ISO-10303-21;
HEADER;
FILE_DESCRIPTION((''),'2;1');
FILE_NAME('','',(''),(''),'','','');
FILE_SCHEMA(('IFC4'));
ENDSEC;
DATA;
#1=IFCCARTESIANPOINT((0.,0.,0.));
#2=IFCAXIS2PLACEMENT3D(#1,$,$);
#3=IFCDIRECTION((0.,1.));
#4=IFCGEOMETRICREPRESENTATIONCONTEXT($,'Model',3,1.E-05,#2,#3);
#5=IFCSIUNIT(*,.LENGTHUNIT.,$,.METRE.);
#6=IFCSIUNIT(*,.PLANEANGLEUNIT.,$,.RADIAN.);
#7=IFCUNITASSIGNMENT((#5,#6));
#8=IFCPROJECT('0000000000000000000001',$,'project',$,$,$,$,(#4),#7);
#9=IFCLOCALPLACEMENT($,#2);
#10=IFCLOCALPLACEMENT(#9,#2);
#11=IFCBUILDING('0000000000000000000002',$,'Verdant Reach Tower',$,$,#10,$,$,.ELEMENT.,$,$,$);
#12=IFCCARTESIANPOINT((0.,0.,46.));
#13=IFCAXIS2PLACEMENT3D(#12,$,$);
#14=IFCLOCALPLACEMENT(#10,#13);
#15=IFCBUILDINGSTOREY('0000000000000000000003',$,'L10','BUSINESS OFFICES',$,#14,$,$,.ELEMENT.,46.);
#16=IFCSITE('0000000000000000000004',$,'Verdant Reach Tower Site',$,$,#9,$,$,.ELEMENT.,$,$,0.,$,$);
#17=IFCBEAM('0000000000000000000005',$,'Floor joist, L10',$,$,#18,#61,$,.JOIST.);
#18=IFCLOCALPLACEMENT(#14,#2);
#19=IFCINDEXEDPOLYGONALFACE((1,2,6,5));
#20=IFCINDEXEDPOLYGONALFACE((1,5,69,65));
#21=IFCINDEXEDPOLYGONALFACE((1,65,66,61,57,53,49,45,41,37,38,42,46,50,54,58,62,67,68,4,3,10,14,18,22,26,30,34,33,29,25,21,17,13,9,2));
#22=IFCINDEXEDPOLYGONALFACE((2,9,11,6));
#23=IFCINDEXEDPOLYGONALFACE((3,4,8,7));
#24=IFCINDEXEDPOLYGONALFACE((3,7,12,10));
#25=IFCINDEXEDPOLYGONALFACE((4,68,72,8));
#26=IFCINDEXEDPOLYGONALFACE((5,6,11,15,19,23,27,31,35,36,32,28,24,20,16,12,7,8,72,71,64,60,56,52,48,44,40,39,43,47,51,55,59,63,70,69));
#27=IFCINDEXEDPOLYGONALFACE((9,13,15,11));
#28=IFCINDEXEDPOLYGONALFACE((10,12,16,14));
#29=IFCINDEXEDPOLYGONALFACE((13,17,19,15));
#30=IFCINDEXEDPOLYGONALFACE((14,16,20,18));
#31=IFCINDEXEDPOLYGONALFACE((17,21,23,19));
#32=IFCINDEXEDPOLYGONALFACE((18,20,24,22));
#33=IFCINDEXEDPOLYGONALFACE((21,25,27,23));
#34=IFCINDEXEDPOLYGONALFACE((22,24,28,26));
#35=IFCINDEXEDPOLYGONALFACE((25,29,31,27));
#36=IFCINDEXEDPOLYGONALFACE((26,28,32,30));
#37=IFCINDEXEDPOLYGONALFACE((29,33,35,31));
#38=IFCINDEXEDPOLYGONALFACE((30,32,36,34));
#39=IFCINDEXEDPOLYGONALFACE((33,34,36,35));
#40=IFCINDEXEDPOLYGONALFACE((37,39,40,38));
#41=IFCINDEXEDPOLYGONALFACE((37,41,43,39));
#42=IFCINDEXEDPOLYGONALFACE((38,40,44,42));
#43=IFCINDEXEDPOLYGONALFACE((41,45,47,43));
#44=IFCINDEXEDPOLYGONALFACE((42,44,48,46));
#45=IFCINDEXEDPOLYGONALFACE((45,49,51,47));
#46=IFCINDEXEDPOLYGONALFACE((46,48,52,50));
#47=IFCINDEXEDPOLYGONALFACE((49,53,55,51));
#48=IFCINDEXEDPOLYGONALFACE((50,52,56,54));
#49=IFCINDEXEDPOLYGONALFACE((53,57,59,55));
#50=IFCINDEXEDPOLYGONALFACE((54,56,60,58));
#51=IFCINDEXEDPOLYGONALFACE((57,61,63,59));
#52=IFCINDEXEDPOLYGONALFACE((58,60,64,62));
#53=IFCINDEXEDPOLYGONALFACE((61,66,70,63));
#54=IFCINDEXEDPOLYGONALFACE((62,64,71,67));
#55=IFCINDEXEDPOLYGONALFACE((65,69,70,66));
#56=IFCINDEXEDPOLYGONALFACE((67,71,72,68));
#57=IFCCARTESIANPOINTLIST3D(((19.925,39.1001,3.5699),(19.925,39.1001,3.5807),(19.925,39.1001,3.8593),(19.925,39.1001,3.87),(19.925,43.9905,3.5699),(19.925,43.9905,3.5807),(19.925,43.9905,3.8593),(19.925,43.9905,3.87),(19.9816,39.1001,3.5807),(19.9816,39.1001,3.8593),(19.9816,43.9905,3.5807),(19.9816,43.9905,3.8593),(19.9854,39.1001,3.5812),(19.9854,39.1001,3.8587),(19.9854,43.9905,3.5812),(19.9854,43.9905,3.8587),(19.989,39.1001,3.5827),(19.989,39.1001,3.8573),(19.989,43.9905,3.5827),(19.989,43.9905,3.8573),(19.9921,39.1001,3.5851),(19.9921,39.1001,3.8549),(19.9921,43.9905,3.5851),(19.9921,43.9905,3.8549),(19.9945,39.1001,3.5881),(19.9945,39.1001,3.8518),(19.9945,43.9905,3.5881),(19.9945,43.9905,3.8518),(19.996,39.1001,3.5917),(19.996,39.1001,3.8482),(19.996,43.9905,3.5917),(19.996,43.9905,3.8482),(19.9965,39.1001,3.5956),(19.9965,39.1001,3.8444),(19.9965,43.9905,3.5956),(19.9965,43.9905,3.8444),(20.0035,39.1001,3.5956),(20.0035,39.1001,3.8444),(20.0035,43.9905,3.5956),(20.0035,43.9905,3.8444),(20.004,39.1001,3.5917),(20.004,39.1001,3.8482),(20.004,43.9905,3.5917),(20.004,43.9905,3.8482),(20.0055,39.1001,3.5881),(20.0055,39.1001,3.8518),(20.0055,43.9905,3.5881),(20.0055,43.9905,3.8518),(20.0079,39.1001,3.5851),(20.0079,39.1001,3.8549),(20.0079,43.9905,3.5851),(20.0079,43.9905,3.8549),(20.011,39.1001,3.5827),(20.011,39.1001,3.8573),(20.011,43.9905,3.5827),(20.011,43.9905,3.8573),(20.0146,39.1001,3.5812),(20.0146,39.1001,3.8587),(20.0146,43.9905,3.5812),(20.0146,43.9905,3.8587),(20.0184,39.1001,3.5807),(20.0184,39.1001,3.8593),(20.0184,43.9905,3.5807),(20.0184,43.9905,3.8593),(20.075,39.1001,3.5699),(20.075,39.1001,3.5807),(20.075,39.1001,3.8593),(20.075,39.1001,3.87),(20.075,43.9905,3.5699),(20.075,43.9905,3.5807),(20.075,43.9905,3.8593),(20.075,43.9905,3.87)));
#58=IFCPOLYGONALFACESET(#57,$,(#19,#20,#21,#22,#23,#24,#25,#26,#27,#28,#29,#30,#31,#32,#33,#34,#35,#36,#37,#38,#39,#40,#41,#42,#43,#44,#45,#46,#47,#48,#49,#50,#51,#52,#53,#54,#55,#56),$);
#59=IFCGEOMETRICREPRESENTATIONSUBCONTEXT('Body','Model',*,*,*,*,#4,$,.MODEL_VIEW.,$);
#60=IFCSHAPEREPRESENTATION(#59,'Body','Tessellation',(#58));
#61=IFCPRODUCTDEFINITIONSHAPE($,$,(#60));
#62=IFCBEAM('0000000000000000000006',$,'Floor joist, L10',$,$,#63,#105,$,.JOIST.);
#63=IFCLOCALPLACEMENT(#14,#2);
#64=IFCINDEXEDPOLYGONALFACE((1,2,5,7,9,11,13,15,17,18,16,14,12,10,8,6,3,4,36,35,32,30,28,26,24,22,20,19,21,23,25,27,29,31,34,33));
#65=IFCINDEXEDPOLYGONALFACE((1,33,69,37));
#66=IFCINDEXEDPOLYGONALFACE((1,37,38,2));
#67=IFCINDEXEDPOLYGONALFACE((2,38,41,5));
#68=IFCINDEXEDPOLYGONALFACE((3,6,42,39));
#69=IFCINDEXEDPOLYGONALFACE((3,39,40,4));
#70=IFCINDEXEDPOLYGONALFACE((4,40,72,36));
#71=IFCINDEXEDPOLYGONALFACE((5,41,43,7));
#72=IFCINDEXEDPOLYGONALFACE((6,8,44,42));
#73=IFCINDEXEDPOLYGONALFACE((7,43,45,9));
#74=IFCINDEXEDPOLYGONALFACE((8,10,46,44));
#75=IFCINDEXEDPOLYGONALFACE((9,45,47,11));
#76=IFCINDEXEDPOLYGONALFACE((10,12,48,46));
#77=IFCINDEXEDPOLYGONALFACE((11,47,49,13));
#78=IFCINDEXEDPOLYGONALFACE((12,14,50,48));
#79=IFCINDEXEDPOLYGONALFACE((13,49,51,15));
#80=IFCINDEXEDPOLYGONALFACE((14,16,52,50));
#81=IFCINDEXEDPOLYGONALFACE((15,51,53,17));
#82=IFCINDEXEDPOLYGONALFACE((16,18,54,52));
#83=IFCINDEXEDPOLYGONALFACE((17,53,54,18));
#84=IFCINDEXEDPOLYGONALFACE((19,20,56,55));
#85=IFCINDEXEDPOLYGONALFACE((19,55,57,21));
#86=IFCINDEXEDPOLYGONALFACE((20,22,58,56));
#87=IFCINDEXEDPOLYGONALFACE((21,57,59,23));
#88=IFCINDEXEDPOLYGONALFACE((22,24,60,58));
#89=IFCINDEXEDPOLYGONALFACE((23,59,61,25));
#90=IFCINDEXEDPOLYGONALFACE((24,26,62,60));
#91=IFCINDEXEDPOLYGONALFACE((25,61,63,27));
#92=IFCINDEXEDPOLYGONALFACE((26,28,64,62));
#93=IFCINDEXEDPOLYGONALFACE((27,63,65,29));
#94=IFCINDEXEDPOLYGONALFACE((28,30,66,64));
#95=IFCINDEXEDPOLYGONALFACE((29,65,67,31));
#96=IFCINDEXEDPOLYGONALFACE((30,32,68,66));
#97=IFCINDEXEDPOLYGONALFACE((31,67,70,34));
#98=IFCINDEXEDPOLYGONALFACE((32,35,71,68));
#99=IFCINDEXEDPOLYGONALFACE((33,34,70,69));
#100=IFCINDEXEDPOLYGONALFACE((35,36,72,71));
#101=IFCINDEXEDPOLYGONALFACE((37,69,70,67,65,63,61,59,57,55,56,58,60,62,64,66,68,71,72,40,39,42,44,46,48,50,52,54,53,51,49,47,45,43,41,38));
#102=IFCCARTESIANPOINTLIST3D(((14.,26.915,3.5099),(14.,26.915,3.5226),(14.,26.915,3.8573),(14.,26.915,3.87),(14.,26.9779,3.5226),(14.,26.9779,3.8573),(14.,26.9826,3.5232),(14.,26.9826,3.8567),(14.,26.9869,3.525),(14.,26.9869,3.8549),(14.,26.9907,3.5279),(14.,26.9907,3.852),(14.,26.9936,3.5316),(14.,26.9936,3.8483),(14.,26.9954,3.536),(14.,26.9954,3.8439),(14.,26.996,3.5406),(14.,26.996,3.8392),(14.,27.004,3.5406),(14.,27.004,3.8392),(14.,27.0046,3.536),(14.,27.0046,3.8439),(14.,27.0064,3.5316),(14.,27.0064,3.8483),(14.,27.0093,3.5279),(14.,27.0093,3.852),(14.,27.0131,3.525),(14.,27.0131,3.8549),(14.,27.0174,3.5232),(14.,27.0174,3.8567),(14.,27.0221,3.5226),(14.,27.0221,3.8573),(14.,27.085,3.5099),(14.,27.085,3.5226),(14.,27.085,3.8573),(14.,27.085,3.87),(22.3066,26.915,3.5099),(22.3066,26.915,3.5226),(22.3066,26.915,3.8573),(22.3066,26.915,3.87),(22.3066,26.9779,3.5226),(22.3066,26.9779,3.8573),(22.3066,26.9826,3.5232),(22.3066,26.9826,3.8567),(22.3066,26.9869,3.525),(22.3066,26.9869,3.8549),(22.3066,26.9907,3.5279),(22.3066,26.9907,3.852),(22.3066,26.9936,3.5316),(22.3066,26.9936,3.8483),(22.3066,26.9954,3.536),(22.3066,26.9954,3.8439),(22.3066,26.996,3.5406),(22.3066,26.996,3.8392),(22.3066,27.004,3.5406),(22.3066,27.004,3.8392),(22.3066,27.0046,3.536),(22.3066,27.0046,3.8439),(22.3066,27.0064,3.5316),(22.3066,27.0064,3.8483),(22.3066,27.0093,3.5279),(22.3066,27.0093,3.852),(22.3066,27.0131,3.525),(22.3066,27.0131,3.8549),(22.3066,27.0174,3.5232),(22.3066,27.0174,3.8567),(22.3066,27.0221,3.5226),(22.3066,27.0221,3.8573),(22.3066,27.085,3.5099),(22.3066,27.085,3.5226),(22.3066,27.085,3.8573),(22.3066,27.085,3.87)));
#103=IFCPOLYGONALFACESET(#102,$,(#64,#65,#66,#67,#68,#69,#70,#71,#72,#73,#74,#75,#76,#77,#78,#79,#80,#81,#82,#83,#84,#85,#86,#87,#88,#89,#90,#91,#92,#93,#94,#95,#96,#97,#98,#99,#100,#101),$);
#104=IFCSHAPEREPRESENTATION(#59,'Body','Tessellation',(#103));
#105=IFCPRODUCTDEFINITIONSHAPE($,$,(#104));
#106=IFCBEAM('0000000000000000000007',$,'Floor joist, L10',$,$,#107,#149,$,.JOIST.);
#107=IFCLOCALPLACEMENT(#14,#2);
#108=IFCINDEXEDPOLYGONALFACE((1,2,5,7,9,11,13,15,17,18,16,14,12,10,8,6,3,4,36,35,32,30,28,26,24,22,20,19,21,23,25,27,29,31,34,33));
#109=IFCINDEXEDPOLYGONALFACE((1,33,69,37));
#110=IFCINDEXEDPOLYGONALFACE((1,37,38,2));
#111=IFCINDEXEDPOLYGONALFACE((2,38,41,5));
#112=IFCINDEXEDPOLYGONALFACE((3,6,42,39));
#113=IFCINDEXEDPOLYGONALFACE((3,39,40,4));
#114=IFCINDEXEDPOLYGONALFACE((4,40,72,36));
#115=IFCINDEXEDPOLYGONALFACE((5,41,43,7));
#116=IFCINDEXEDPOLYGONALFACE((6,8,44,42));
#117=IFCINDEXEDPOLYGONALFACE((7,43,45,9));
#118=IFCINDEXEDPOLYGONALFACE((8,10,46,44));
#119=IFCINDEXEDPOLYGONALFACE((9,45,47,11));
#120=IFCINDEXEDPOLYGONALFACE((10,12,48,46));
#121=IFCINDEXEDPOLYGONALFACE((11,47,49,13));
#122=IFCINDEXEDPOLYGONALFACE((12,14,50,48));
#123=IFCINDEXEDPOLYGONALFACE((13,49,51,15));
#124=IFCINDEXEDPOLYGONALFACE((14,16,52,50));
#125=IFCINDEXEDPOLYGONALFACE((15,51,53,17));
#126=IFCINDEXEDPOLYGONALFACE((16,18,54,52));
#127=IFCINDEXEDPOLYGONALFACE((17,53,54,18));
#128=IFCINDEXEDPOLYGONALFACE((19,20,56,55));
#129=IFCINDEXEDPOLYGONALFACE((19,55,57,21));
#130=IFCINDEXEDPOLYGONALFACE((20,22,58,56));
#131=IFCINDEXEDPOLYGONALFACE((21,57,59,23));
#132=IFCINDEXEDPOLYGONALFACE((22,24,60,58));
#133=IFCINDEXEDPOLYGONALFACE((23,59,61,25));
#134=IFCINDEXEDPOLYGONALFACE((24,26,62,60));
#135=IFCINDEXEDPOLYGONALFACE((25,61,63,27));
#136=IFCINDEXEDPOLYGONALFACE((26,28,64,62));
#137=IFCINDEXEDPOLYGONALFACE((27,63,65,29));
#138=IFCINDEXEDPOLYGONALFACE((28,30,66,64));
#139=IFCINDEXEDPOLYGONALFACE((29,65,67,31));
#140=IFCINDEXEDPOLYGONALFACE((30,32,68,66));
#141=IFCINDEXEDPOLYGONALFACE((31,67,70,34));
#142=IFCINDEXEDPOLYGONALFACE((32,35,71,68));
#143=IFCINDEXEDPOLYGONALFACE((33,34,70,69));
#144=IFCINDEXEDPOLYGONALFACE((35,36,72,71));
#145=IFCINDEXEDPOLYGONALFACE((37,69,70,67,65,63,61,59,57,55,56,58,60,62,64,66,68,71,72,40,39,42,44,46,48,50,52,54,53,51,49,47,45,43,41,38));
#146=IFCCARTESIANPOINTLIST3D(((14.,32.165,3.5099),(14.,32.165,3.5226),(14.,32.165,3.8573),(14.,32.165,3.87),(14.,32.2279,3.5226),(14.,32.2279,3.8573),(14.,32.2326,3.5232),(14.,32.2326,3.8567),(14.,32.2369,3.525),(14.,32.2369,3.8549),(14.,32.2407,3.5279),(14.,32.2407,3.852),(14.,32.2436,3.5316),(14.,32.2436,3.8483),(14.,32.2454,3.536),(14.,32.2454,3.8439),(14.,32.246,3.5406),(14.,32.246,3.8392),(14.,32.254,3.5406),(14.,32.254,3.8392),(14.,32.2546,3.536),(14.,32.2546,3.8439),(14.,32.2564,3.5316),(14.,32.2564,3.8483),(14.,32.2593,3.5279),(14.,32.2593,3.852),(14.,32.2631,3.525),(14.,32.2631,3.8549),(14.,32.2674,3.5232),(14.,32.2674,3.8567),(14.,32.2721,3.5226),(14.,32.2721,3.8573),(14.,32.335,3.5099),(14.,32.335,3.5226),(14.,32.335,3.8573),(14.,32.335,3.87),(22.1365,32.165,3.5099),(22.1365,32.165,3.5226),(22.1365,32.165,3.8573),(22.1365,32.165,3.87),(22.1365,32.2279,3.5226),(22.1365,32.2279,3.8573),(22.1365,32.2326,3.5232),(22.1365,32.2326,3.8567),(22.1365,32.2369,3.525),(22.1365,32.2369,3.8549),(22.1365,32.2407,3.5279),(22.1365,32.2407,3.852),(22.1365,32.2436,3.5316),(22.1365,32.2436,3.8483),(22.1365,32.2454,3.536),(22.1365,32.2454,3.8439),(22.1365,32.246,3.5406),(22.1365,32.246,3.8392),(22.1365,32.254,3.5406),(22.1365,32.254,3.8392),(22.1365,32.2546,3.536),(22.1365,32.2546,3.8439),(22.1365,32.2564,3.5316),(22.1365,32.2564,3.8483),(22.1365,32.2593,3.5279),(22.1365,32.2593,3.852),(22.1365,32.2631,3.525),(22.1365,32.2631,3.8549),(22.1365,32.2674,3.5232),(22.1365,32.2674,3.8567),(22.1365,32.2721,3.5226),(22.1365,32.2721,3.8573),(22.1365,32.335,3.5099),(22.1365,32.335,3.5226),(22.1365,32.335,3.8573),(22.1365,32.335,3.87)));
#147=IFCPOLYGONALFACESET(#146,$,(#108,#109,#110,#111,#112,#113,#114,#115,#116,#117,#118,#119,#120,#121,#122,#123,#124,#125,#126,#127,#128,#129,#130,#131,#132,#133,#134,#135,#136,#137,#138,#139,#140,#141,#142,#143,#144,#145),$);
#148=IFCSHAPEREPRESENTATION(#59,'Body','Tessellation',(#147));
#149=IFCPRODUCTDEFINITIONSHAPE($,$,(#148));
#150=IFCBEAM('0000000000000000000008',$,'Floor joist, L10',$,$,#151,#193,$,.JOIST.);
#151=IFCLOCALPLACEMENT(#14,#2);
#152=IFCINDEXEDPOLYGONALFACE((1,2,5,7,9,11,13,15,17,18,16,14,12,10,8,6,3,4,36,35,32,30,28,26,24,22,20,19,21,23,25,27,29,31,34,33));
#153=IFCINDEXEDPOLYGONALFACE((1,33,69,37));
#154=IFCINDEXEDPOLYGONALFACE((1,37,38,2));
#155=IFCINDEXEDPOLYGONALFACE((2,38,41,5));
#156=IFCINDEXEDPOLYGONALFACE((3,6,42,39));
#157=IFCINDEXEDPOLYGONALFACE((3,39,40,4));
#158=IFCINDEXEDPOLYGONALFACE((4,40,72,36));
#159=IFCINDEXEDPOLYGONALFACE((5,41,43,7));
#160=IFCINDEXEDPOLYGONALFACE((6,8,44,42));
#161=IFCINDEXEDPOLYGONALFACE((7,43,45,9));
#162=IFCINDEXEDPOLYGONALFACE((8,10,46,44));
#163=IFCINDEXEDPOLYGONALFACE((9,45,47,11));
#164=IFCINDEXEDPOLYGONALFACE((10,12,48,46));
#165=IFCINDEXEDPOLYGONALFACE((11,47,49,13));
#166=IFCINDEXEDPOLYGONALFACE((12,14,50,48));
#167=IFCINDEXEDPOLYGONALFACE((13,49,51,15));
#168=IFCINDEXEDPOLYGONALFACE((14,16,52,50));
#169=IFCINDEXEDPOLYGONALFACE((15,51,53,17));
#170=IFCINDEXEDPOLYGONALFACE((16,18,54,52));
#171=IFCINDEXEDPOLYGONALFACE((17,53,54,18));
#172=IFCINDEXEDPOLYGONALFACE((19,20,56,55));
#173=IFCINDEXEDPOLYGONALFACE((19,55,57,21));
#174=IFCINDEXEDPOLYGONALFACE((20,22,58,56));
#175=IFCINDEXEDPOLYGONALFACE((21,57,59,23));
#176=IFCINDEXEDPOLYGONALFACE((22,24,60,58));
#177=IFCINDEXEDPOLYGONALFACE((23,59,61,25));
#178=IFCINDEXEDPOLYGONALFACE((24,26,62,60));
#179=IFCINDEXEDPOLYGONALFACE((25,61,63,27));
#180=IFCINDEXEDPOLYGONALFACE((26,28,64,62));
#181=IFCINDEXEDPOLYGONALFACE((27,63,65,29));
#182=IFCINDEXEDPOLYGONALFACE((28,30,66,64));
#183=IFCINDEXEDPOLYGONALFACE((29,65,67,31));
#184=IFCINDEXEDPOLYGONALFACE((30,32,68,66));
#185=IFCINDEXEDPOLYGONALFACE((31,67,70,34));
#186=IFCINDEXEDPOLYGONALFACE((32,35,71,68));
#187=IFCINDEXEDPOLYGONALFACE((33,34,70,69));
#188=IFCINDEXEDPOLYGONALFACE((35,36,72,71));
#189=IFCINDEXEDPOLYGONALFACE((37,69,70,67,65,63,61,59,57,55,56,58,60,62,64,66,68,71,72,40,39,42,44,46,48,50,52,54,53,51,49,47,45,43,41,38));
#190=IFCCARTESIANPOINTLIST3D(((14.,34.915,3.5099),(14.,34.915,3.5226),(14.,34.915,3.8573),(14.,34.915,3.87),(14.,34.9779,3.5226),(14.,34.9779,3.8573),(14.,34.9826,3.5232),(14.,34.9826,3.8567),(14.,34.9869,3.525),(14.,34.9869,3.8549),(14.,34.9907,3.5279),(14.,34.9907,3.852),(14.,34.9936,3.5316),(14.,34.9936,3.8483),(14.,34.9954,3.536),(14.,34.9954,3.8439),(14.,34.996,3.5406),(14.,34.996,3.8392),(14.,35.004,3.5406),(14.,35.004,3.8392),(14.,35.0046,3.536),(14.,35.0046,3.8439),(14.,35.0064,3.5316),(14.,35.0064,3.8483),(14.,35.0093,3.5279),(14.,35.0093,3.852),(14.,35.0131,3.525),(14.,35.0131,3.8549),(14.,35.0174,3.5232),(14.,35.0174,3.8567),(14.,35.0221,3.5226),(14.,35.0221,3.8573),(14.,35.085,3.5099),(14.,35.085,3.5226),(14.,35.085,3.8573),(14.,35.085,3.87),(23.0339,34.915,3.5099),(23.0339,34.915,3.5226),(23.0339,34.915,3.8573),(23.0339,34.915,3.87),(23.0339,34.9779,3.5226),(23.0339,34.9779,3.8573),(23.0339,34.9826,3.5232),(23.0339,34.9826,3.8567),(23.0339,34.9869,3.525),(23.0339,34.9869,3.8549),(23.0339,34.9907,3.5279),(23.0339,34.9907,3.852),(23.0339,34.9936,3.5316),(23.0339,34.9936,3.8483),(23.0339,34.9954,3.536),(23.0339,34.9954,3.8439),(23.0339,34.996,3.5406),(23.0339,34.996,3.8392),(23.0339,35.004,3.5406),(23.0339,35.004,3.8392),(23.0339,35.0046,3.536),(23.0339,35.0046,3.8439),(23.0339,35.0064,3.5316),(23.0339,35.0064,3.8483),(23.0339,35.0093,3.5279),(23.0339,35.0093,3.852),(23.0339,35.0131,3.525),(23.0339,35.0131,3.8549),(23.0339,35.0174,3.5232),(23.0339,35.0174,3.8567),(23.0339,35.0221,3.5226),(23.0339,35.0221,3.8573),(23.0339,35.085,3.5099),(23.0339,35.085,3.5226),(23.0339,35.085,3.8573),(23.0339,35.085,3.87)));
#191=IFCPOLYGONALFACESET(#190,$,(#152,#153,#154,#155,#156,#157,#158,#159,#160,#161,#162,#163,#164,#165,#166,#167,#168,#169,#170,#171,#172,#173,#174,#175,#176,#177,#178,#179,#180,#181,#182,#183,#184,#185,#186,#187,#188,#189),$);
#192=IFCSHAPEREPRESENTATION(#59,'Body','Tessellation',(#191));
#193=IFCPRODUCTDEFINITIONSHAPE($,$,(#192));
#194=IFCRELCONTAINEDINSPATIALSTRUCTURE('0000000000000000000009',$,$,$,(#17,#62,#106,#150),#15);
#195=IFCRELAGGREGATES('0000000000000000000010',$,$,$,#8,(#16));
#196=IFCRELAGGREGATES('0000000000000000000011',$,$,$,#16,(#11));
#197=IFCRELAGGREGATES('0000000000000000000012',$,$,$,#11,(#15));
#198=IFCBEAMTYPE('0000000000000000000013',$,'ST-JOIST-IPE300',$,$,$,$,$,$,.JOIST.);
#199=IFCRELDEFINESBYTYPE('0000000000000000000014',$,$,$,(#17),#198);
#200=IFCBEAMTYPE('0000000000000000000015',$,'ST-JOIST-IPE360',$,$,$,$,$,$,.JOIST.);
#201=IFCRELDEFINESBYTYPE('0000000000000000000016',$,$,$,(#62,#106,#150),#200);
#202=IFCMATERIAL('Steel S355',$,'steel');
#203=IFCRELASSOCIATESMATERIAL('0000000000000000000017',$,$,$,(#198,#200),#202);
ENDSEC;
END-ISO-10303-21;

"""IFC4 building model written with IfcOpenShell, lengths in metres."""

from ifc_helpers import new_model, si_unit, direction, frame, origin, origin_2d, place, context, subcontext, project, spatial, i_section, extrude, material, material_profile, profile_set, type_object, element, save


model = new_model("IFC4")

# Units and contexts
model_context = context("Model", 3, precision=1e-05, world=origin(), true_north=direction((0.0, 1.0)))
body_context = subcontext(model_context, "Body", "Model", "MODEL_VIEW")
ifc_project = project(units=[si_unit("LENGTHUNIT", "METRE"), si_unit("PLANEANGLEUNIT", "RADIAN")], contexts=[model_context])

# Site, building, storey
site_placement = place(None, origin())
site = spatial("IfcSite", under=ifc_project, at=site_placement, Name="Verdant Reach Tower Site", CompositionType="ELEMENT", RefElevation=0.0)
building_placement = place(site_placement, origin())
building = spatial("IfcBuilding", under=site, at=building_placement, Name="Verdant Reach Tower", CompositionType="ELEMENT")
storey_placement = place(building_placement, frame((0.0, 0.0, 46.0)))
storey = spatial("IfcBuildingStorey", under=building, at=storey_placement, Name="L10", Description="BUSINESS OFFICES", CompositionType="ELEMENT", Elevation=46.0)

# Beams
ifc_material_1 = material(Name="Steel S355", Category="steel")
ifc_material_profile_1 = material_profile(ifc_material_1, i_section(OverallWidth=0.1499, OverallDepth=0.3, WebThickness=0.0071, FlangeThickness=0.0107, FilletRadius=0.0149, at=origin_2d()), Name="IPE 300")
ifc_profile_set_1 = profile_set([ifc_material_profile_1], Name="Steel S355")
beam_type_1 = type_object("IfcBeamType", Name="ST-JOIST-IPE300", PredefinedType="JOIST", material=ifc_profile_set_1)
beam_1_placement = place(storey_placement, frame((20.0, 39.1001, 3.72), z_axis=(0.0, 1.0, 0.0), x_axis=(-1.0, 0.0, 0.0)))
element("IfcBeam", 1, at=beam_1_placement, inside=storey, type_object=beam_type_1, Name="Floor joist, L10", PredefinedType="JOIST", context=body_context, shape_type="SweptSolid", body=[
    extrude(i_section(OverallWidth=0.1499, OverallDepth=0.3, WebThickness=0.0071, FlangeThickness=0.0107, FilletRadius=0.0149, at=origin_2d()), origin(), (0.0, 0.0, 1.0), 4.8904),
])
ifc_material_profile_2 = material_profile(ifc_material_1, i_section(OverallWidth=0.1699, OverallDepth=0.3601, WebThickness=0.0081, FlangeThickness=0.0127, FilletRadius=0.0181, at=origin_2d()), Name="IPE 360")
ifc_profile_set_2 = profile_set([ifc_material_profile_2], Name="Steel S355")
beam_type_2 = type_object("IfcBeamType", Name="ST-JOIST-IPE360", PredefinedType="JOIST", material=ifc_profile_set_2)
beam_2_placement = place(storey_placement, frame((14.0, 27.0, 3.6899), z_axis=(1.0, 0.0, 0.0), x_axis=(0.0, 1.0, 0.0)))
element("IfcBeam", 2, at=beam_2_placement, inside=storey, type_object=beam_type_2, Name="Floor joist, L10", PredefinedType="JOIST", context=body_context, shape_type="SweptSolid", body=[
    extrude(i_section(OverallWidth=0.1699, OverallDepth=0.3601, WebThickness=0.0081, FlangeThickness=0.0127, FilletRadius=0.0181, at=origin_2d()), origin(), (0.0, 0.0, 1.0), 8.3066),
])
beam_3_placement = place(storey_placement, frame((14.0, 32.25, 3.6899), z_axis=(1.0, 0.0, 0.0), x_axis=(0.0, 1.0, 0.0)))
element("IfcBeam", 3, at=beam_3_placement, inside=storey, type_object=beam_type_2, Name="Floor joist, L10", PredefinedType="JOIST", context=body_context, shape_type="SweptSolid", body=[
    extrude(i_section(OverallWidth=0.1699, OverallDepth=0.3601, WebThickness=0.0081, FlangeThickness=0.0127, FilletRadius=0.0181, at=origin_2d()), origin(), (0.0, 0.0, 1.0), 8.1365),
])
beam_4_placement = place(storey_placement, frame((14.0, 35.0, 3.6899), z_axis=(1.0, 0.0, 0.0), x_axis=(0.0, 1.0, 0.0)))
element("IfcBeam", 4, at=beam_4_placement, inside=storey, type_object=beam_type_2, Name="Floor joist, L10", PredefinedType="JOIST", context=body_context, shape_type="SweptSolid", body=[
    extrude(i_section(OverallWidth=0.1699, OverallDepth=0.3601, WebThickness=0.0081, FlangeThickness=0.0127, FilletRadius=0.0181, at=origin_2d()), origin(), (0.0, 0.0, 1.0), 9.0339),
])

save(model, "model.ifc")
